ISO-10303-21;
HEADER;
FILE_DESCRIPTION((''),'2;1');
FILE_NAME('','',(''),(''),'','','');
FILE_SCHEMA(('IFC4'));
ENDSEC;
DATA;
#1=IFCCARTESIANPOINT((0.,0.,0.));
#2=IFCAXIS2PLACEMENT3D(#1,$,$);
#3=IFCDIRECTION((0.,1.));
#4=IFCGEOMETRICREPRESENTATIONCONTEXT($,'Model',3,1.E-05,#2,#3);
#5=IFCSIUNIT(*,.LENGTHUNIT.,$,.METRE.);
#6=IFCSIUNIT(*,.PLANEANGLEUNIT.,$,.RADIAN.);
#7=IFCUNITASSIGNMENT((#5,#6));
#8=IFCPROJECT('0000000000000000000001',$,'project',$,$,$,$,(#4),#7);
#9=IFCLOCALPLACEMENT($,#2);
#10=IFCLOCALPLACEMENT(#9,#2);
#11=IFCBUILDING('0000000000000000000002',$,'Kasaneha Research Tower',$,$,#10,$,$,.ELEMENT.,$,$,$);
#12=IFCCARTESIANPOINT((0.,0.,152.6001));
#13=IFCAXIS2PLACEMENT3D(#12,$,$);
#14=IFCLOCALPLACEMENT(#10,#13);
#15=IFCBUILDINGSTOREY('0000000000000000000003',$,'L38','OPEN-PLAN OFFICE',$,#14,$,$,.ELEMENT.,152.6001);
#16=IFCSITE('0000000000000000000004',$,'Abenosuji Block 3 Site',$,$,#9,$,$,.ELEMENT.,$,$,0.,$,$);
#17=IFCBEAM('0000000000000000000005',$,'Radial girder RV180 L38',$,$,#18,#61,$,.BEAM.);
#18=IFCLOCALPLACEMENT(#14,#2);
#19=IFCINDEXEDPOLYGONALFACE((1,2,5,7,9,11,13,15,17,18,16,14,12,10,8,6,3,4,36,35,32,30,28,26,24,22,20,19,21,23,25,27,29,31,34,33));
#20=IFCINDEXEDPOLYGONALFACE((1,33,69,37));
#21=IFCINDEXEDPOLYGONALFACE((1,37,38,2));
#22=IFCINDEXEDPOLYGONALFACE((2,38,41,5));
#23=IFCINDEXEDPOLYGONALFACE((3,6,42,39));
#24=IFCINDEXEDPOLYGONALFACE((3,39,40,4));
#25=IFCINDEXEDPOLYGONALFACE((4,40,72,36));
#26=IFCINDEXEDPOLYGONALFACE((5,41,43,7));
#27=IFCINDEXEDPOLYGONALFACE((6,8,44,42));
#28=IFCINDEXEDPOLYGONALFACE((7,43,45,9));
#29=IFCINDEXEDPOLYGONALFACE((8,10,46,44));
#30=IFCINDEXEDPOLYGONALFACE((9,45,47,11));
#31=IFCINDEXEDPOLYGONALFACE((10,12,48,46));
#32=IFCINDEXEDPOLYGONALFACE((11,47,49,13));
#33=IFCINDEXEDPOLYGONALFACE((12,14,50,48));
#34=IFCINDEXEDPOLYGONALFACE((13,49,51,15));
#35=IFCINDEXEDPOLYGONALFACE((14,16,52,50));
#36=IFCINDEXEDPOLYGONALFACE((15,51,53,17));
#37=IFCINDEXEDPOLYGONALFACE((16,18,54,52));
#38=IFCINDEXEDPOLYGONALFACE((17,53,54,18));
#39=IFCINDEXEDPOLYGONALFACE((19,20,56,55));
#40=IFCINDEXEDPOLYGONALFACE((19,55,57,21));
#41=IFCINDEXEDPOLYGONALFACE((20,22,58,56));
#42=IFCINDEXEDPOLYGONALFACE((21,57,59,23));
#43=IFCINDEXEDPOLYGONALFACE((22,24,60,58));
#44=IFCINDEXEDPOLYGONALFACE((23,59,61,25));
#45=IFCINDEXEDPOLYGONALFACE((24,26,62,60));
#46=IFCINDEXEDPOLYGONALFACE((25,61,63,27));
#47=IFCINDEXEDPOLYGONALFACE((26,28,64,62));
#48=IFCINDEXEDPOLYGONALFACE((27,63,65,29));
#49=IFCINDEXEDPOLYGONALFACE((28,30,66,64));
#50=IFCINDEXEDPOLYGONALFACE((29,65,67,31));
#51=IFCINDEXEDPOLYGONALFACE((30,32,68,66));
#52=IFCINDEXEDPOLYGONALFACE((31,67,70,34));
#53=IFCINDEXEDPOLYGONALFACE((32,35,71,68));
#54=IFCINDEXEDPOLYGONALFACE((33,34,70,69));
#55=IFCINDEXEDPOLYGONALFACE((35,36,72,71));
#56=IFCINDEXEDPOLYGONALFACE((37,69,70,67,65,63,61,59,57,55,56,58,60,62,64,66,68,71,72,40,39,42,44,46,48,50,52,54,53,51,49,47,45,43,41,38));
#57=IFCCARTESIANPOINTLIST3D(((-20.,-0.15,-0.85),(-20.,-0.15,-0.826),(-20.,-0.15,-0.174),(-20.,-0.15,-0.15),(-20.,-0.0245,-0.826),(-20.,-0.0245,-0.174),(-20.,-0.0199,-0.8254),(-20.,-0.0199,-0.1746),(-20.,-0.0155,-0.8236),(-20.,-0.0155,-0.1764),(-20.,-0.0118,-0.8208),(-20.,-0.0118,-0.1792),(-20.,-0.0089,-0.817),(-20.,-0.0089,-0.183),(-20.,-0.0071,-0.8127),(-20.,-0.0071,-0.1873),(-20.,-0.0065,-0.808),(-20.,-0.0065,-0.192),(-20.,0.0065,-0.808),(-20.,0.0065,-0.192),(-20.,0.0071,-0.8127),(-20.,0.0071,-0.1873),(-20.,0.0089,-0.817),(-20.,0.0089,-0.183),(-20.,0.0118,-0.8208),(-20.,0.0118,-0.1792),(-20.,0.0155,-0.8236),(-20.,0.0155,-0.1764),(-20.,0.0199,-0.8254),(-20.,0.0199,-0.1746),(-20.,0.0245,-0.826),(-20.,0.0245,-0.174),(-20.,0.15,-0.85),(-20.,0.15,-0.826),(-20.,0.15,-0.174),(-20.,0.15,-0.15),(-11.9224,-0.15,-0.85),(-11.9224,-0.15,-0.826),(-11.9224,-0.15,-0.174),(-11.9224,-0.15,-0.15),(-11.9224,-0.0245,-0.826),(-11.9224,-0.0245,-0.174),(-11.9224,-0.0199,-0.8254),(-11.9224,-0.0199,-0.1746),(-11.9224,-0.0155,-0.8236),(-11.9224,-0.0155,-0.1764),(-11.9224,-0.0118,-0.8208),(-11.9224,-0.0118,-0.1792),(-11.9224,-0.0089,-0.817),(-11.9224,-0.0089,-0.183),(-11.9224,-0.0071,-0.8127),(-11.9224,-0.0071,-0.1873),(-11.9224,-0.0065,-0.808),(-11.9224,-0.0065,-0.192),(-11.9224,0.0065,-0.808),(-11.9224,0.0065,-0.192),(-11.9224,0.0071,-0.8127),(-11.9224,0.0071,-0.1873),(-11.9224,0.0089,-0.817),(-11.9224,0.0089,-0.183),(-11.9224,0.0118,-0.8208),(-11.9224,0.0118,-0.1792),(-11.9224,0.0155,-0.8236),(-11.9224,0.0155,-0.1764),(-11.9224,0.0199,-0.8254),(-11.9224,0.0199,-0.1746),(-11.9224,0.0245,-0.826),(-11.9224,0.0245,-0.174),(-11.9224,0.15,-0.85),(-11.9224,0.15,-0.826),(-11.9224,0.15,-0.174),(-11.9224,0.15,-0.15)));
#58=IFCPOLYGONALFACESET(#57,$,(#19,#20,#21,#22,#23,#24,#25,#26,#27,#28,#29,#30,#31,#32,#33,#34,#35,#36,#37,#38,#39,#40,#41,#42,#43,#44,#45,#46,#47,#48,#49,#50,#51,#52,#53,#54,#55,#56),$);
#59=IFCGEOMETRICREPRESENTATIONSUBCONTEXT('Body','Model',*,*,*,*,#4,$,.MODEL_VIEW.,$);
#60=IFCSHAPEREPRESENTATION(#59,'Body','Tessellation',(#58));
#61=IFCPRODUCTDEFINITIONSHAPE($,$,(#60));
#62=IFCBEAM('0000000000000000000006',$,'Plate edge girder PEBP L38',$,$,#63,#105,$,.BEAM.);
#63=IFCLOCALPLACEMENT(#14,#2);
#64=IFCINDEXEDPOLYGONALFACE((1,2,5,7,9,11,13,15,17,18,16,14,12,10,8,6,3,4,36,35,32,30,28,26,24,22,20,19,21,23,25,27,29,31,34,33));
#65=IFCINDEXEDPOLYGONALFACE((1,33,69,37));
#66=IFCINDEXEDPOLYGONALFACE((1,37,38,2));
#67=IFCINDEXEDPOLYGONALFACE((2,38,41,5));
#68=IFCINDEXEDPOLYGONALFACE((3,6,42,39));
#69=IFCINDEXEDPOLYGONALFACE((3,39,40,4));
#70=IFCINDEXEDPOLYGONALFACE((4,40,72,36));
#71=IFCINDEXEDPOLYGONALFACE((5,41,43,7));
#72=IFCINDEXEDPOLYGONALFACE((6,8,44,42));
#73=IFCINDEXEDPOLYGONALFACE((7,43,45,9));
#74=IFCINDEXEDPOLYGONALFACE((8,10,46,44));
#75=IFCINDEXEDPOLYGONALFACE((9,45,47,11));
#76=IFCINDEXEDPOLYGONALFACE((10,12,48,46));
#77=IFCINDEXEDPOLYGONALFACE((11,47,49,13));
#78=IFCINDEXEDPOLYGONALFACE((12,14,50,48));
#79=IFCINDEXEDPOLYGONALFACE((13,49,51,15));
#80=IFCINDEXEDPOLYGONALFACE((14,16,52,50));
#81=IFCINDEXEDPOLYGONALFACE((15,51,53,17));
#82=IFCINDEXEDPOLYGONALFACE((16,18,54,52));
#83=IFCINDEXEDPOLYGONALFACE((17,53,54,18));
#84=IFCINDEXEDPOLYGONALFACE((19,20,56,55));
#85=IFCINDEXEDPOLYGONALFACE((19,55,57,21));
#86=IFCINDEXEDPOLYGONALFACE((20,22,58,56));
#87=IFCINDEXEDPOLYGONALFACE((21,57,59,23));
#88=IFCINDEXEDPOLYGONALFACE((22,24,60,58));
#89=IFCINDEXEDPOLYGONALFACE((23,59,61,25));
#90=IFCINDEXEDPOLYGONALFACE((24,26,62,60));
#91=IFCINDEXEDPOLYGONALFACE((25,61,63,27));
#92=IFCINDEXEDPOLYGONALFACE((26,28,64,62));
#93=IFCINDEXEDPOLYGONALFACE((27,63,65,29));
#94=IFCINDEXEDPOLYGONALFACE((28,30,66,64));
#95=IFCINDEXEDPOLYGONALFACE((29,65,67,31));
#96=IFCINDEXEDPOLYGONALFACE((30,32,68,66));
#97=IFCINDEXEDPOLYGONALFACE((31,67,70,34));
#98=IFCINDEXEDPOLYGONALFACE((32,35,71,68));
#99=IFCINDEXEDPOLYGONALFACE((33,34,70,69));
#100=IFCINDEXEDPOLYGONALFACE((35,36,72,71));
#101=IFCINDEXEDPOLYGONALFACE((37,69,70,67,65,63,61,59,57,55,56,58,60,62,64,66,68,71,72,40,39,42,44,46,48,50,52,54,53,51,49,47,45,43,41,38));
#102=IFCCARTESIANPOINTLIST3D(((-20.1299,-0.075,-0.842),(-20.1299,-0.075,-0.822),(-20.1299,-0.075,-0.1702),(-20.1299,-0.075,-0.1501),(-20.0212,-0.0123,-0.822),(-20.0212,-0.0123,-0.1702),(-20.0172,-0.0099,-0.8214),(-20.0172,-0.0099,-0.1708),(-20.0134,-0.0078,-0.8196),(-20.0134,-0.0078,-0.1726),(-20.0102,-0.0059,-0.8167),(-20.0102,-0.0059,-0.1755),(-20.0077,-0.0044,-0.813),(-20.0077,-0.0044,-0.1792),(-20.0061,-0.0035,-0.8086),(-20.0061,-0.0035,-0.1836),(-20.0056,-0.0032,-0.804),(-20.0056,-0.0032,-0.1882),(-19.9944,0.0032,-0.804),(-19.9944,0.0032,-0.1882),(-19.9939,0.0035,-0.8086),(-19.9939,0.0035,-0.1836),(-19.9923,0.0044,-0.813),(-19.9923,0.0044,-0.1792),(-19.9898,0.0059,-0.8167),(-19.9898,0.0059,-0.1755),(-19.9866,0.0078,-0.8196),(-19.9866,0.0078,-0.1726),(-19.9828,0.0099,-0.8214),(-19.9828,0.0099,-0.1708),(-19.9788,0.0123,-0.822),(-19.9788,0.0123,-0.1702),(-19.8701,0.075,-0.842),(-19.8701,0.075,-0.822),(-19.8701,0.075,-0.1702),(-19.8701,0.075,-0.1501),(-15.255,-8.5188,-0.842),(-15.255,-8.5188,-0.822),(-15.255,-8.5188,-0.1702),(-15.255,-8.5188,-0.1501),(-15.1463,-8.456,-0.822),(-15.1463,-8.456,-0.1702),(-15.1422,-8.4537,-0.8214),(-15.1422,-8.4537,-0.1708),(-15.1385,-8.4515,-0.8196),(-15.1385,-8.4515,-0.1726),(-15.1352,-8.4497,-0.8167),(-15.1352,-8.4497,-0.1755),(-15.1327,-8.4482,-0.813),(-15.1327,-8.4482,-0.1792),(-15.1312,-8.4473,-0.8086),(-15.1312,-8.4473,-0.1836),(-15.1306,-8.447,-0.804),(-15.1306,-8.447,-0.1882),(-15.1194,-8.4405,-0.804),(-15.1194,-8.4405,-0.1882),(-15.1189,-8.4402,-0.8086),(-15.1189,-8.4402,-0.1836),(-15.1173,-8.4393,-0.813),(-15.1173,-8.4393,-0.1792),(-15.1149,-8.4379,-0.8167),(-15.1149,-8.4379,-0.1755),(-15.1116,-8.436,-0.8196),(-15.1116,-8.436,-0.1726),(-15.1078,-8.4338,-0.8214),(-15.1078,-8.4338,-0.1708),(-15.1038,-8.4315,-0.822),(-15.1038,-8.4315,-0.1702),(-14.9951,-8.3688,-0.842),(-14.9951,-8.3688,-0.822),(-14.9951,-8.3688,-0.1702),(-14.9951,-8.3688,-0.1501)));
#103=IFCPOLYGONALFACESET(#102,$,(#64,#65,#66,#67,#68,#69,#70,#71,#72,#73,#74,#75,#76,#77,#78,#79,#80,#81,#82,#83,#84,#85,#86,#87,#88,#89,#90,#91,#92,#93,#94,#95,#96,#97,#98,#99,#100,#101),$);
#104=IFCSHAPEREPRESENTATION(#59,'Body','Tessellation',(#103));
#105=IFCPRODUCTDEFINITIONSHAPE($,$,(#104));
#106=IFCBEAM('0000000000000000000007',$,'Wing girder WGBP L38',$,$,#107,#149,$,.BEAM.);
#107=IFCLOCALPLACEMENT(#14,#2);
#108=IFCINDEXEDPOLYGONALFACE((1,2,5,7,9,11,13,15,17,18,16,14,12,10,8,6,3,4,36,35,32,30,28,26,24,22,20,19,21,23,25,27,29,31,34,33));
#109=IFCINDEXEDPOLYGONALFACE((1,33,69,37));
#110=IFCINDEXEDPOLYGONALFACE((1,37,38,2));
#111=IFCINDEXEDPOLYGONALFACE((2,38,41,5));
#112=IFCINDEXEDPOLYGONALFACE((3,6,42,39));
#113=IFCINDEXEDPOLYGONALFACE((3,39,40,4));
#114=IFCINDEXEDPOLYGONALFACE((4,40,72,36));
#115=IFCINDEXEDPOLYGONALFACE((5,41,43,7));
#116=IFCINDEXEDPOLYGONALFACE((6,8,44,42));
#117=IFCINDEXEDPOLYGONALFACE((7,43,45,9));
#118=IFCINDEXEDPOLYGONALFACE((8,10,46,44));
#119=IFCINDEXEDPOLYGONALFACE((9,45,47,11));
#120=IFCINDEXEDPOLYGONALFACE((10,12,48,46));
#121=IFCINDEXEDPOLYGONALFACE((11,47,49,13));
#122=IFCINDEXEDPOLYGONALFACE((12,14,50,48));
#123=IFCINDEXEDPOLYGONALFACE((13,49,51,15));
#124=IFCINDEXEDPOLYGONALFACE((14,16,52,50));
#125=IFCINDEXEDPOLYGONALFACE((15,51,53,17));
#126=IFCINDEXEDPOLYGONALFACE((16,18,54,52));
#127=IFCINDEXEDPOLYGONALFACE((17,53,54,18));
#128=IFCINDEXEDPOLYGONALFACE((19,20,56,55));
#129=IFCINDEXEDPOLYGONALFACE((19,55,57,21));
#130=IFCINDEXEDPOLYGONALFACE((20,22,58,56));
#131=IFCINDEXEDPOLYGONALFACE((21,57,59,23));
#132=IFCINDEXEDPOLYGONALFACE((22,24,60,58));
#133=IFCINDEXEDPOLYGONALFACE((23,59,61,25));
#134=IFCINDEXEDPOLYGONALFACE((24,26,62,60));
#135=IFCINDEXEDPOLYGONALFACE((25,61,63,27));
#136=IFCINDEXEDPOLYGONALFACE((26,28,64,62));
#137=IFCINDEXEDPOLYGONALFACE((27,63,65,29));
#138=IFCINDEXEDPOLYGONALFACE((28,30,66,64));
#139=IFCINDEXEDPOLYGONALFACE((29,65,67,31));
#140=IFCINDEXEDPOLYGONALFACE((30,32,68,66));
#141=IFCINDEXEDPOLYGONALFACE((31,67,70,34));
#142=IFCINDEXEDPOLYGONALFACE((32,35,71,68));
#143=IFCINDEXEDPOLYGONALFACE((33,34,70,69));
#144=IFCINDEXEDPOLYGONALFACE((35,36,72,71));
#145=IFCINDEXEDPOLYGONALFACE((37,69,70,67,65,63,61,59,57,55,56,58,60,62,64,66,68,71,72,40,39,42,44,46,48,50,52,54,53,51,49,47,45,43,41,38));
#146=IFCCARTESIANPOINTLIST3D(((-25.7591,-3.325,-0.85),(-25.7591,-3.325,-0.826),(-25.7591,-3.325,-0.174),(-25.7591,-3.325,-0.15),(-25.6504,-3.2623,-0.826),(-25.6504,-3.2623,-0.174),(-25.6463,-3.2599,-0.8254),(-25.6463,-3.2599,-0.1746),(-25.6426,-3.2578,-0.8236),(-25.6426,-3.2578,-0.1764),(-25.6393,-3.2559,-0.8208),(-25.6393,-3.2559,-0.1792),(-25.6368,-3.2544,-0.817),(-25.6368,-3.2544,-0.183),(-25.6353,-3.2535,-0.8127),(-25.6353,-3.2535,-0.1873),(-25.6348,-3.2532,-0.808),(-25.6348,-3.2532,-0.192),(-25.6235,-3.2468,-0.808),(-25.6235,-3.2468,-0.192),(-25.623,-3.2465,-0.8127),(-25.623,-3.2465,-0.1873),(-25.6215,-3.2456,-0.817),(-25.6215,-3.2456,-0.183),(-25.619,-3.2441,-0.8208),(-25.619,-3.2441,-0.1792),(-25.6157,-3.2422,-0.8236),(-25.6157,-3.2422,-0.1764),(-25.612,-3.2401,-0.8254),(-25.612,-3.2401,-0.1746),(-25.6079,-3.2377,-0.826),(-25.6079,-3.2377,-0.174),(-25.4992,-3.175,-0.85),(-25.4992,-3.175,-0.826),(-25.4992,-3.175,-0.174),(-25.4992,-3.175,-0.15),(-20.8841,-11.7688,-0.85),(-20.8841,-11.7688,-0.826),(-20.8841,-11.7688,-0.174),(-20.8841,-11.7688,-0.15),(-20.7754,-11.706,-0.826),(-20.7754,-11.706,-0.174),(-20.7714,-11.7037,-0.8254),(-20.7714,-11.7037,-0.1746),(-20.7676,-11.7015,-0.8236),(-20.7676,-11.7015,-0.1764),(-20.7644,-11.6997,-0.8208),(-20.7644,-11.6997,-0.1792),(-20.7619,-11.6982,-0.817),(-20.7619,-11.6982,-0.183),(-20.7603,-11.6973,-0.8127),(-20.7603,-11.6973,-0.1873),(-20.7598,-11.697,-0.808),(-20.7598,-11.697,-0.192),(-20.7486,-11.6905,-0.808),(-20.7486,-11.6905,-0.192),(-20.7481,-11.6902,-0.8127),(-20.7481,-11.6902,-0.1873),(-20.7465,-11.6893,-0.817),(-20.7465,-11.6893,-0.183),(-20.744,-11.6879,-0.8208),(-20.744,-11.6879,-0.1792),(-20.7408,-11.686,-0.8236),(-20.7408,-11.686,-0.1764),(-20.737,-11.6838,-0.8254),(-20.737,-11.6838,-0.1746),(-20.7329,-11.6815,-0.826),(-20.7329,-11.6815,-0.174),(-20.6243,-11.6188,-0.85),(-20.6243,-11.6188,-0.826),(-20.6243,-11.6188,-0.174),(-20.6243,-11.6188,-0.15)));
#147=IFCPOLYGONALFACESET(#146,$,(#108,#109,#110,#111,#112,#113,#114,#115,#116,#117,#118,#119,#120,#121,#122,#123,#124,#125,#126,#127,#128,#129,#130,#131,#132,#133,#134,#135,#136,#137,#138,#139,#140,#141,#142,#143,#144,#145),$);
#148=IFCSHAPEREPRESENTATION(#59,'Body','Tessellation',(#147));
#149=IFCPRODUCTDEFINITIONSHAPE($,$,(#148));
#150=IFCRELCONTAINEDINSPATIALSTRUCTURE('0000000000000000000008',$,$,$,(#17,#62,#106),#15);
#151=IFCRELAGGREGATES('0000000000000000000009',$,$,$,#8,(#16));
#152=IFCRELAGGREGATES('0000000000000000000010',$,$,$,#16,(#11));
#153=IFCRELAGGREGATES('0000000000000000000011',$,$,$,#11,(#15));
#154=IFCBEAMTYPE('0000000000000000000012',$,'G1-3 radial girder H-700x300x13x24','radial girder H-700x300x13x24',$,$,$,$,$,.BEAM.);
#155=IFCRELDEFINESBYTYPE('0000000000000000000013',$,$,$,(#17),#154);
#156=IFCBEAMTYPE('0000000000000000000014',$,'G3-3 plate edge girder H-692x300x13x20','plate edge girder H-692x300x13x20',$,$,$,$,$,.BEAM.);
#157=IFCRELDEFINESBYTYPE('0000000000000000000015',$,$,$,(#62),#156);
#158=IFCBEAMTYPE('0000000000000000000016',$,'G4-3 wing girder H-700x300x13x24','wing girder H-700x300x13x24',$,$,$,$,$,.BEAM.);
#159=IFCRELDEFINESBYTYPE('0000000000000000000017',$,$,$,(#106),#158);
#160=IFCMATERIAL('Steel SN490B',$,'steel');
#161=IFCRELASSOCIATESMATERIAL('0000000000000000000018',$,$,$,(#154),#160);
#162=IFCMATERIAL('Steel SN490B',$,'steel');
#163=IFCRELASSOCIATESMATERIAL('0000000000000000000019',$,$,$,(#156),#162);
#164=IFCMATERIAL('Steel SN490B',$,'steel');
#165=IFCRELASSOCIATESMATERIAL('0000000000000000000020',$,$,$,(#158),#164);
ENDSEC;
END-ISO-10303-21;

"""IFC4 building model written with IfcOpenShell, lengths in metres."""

from ifc_helpers import new_model, si_unit, direction, frame, origin, origin_2d, place, context, subcontext, project, spatial, i_section, extrude, material, material_profile, profile_set, type_object, element, save


model = new_model("IFC4")

# Units and contexts
model_context = context("Model", 3, precision=1e-05, world=origin(), true_north=direction((0.0, 1.0)))
body_context = subcontext(model_context, "Body", "Model", "MODEL_VIEW")
ifc_project = project(units=[si_unit("LENGTHUNIT", "METRE"), si_unit("PLANEANGLEUNIT", "RADIAN")], contexts=[model_context])

# Site, building, storey
site_placement = place(None, origin())
site = spatial("IfcSite", under=ifc_project, at=site_placement, Name="Abenosuji Block 3 Site", CompositionType="ELEMENT", RefElevation=0.0)
building_placement = place(site_placement, origin())
building = spatial("IfcBuilding", under=site, at=building_placement, Name="Kasaneha Research Tower", CompositionType="ELEMENT")
storey_placement = place(building_placement, frame((0.0, 0.0, 152.6001)))
storey = spatial("IfcBuildingStorey", under=building, at=storey_placement, Name="L38", Description="OPEN-PLAN OFFICE", CompositionType="ELEMENT", Elevation=152.6001)

# Beams
ifc_material_1 = material(Name="Steel SN490B", Category="steel")
ifc_material_profile_1 = material_profile(ifc_material_1, i_section(OverallWidth=0.3, OverallDepth=0.7, WebThickness=0.0129, FlangeThickness=0.0239, FilletRadius=0.0181, at=origin_2d()), Name="H-700x300x13x24")
ifc_profile_set_1 = profile_set([ifc_material_profile_1], Name="Steel SN490B")
beam_type_1 = type_object("IfcBeamType", Name="G1-3 radial girder H-700x300x13x24", Description="radial girder H-700x300x13x24", PredefinedType="BEAM", material=ifc_profile_set_1)
beam_1_placement = place(storey_placement, frame((-11.9224, 0.0, -0.5), z_axis=(-1.0, 0.0, 0.0), x_axis=(0.0, -1.0, 0.0)))
element("IfcBeam", 1, at=beam_1_placement, inside=storey, type_object=beam_type_1, Name="Radial girder RV180 L38", PredefinedType="BEAM", context=body_context, shape_type="SweptSolid", body=[
    extrude(i_section(OverallWidth=0.3, OverallDepth=0.7, WebThickness=0.0129, FlangeThickness=0.0239, FilletRadius=0.0181, at=origin_2d()), origin(), (0.0, 0.0, 1.0), 8.0776),
])
ifc_material_2 = material(Name="Steel SN490B", Category="steel")
ifc_material_profile_2 = material_profile(ifc_material_2, i_section(OverallWidth=0.3, OverallDepth=0.6919, WebThickness=0.0129, FlangeThickness=0.02, FilletRadius=0.0181, at=origin_2d()), Name="H-692x300x13x20")
ifc_profile_set_2 = profile_set([ifc_material_profile_2], Name="Steel SN490B")
beam_type_2 = type_object("IfcBeamType", Name="G3-3 plate edge girder H-692x300x13x20", Description="plate edge girder H-692x300x13x20", PredefinedType="BEAM", material=ifc_profile_set_2)
beam_2_placement = place(storey_placement, frame((-20.0, 0.0, -0.4961), z_axis=(0.499996, -0.866028, 0.0), x_axis=(0.866028, 0.499996, 0.0)))
element("IfcBeam", 2, at=beam_2_placement, inside=storey, type_object=beam_type_2, Name="Plate edge girder PEBP L38", PredefinedType="BEAM", context=body_context, shape_type="SweptSolid", body=[
    extrude(i_section(OverallWidth=0.3, OverallDepth=0.6919, WebThickness=0.0129, FlangeThickness=0.02, FilletRadius=0.0181, at=origin_2d()), origin(), (0.0, 0.0, 1.0), 9.75),
])
ifc_material_3 = material(Name="Steel SN490B", Category="steel")
ifc_material_profile_3 = material_profile(ifc_material_3, i_section(OverallWidth=0.3, OverallDepth=0.7, WebThickness=0.0129, FlangeThickness=0.0239, FilletRadius=0.0181, at=origin_2d()), Name="H-700x300x13x24")
ifc_profile_set_3 = profile_set([ifc_material_profile_3], Name="Steel SN490B")
beam_type_3 = type_object("IfcBeamType", Name="G4-3 wing girder H-700x300x13x24", Description="wing girder H-700x300x13x24", PredefinedType="BEAM", material=ifc_profile_set_3)
beam_3_placement = place(storey_placement, frame((-25.6292, -3.25, -0.5), z_axis=(0.499996, -0.866028, 0.0), x_axis=(0.866028, 0.499996, 0.0)))
element("IfcBeam", 3, at=beam_3_placement, inside=storey, type_object=beam_type_3, Name="Wing girder WGBP L38", PredefinedType="BEAM", context=body_context, shape_type="SweptSolid", body=[
    extrude(i_section(OverallWidth=0.3, OverallDepth=0.7, WebThickness=0.0129, FlangeThickness=0.0239, FilletRadius=0.0181, at=origin_2d()), origin(), (0.0, 0.0, 1.0), 9.75),
])

save(model, "model.ifc")
